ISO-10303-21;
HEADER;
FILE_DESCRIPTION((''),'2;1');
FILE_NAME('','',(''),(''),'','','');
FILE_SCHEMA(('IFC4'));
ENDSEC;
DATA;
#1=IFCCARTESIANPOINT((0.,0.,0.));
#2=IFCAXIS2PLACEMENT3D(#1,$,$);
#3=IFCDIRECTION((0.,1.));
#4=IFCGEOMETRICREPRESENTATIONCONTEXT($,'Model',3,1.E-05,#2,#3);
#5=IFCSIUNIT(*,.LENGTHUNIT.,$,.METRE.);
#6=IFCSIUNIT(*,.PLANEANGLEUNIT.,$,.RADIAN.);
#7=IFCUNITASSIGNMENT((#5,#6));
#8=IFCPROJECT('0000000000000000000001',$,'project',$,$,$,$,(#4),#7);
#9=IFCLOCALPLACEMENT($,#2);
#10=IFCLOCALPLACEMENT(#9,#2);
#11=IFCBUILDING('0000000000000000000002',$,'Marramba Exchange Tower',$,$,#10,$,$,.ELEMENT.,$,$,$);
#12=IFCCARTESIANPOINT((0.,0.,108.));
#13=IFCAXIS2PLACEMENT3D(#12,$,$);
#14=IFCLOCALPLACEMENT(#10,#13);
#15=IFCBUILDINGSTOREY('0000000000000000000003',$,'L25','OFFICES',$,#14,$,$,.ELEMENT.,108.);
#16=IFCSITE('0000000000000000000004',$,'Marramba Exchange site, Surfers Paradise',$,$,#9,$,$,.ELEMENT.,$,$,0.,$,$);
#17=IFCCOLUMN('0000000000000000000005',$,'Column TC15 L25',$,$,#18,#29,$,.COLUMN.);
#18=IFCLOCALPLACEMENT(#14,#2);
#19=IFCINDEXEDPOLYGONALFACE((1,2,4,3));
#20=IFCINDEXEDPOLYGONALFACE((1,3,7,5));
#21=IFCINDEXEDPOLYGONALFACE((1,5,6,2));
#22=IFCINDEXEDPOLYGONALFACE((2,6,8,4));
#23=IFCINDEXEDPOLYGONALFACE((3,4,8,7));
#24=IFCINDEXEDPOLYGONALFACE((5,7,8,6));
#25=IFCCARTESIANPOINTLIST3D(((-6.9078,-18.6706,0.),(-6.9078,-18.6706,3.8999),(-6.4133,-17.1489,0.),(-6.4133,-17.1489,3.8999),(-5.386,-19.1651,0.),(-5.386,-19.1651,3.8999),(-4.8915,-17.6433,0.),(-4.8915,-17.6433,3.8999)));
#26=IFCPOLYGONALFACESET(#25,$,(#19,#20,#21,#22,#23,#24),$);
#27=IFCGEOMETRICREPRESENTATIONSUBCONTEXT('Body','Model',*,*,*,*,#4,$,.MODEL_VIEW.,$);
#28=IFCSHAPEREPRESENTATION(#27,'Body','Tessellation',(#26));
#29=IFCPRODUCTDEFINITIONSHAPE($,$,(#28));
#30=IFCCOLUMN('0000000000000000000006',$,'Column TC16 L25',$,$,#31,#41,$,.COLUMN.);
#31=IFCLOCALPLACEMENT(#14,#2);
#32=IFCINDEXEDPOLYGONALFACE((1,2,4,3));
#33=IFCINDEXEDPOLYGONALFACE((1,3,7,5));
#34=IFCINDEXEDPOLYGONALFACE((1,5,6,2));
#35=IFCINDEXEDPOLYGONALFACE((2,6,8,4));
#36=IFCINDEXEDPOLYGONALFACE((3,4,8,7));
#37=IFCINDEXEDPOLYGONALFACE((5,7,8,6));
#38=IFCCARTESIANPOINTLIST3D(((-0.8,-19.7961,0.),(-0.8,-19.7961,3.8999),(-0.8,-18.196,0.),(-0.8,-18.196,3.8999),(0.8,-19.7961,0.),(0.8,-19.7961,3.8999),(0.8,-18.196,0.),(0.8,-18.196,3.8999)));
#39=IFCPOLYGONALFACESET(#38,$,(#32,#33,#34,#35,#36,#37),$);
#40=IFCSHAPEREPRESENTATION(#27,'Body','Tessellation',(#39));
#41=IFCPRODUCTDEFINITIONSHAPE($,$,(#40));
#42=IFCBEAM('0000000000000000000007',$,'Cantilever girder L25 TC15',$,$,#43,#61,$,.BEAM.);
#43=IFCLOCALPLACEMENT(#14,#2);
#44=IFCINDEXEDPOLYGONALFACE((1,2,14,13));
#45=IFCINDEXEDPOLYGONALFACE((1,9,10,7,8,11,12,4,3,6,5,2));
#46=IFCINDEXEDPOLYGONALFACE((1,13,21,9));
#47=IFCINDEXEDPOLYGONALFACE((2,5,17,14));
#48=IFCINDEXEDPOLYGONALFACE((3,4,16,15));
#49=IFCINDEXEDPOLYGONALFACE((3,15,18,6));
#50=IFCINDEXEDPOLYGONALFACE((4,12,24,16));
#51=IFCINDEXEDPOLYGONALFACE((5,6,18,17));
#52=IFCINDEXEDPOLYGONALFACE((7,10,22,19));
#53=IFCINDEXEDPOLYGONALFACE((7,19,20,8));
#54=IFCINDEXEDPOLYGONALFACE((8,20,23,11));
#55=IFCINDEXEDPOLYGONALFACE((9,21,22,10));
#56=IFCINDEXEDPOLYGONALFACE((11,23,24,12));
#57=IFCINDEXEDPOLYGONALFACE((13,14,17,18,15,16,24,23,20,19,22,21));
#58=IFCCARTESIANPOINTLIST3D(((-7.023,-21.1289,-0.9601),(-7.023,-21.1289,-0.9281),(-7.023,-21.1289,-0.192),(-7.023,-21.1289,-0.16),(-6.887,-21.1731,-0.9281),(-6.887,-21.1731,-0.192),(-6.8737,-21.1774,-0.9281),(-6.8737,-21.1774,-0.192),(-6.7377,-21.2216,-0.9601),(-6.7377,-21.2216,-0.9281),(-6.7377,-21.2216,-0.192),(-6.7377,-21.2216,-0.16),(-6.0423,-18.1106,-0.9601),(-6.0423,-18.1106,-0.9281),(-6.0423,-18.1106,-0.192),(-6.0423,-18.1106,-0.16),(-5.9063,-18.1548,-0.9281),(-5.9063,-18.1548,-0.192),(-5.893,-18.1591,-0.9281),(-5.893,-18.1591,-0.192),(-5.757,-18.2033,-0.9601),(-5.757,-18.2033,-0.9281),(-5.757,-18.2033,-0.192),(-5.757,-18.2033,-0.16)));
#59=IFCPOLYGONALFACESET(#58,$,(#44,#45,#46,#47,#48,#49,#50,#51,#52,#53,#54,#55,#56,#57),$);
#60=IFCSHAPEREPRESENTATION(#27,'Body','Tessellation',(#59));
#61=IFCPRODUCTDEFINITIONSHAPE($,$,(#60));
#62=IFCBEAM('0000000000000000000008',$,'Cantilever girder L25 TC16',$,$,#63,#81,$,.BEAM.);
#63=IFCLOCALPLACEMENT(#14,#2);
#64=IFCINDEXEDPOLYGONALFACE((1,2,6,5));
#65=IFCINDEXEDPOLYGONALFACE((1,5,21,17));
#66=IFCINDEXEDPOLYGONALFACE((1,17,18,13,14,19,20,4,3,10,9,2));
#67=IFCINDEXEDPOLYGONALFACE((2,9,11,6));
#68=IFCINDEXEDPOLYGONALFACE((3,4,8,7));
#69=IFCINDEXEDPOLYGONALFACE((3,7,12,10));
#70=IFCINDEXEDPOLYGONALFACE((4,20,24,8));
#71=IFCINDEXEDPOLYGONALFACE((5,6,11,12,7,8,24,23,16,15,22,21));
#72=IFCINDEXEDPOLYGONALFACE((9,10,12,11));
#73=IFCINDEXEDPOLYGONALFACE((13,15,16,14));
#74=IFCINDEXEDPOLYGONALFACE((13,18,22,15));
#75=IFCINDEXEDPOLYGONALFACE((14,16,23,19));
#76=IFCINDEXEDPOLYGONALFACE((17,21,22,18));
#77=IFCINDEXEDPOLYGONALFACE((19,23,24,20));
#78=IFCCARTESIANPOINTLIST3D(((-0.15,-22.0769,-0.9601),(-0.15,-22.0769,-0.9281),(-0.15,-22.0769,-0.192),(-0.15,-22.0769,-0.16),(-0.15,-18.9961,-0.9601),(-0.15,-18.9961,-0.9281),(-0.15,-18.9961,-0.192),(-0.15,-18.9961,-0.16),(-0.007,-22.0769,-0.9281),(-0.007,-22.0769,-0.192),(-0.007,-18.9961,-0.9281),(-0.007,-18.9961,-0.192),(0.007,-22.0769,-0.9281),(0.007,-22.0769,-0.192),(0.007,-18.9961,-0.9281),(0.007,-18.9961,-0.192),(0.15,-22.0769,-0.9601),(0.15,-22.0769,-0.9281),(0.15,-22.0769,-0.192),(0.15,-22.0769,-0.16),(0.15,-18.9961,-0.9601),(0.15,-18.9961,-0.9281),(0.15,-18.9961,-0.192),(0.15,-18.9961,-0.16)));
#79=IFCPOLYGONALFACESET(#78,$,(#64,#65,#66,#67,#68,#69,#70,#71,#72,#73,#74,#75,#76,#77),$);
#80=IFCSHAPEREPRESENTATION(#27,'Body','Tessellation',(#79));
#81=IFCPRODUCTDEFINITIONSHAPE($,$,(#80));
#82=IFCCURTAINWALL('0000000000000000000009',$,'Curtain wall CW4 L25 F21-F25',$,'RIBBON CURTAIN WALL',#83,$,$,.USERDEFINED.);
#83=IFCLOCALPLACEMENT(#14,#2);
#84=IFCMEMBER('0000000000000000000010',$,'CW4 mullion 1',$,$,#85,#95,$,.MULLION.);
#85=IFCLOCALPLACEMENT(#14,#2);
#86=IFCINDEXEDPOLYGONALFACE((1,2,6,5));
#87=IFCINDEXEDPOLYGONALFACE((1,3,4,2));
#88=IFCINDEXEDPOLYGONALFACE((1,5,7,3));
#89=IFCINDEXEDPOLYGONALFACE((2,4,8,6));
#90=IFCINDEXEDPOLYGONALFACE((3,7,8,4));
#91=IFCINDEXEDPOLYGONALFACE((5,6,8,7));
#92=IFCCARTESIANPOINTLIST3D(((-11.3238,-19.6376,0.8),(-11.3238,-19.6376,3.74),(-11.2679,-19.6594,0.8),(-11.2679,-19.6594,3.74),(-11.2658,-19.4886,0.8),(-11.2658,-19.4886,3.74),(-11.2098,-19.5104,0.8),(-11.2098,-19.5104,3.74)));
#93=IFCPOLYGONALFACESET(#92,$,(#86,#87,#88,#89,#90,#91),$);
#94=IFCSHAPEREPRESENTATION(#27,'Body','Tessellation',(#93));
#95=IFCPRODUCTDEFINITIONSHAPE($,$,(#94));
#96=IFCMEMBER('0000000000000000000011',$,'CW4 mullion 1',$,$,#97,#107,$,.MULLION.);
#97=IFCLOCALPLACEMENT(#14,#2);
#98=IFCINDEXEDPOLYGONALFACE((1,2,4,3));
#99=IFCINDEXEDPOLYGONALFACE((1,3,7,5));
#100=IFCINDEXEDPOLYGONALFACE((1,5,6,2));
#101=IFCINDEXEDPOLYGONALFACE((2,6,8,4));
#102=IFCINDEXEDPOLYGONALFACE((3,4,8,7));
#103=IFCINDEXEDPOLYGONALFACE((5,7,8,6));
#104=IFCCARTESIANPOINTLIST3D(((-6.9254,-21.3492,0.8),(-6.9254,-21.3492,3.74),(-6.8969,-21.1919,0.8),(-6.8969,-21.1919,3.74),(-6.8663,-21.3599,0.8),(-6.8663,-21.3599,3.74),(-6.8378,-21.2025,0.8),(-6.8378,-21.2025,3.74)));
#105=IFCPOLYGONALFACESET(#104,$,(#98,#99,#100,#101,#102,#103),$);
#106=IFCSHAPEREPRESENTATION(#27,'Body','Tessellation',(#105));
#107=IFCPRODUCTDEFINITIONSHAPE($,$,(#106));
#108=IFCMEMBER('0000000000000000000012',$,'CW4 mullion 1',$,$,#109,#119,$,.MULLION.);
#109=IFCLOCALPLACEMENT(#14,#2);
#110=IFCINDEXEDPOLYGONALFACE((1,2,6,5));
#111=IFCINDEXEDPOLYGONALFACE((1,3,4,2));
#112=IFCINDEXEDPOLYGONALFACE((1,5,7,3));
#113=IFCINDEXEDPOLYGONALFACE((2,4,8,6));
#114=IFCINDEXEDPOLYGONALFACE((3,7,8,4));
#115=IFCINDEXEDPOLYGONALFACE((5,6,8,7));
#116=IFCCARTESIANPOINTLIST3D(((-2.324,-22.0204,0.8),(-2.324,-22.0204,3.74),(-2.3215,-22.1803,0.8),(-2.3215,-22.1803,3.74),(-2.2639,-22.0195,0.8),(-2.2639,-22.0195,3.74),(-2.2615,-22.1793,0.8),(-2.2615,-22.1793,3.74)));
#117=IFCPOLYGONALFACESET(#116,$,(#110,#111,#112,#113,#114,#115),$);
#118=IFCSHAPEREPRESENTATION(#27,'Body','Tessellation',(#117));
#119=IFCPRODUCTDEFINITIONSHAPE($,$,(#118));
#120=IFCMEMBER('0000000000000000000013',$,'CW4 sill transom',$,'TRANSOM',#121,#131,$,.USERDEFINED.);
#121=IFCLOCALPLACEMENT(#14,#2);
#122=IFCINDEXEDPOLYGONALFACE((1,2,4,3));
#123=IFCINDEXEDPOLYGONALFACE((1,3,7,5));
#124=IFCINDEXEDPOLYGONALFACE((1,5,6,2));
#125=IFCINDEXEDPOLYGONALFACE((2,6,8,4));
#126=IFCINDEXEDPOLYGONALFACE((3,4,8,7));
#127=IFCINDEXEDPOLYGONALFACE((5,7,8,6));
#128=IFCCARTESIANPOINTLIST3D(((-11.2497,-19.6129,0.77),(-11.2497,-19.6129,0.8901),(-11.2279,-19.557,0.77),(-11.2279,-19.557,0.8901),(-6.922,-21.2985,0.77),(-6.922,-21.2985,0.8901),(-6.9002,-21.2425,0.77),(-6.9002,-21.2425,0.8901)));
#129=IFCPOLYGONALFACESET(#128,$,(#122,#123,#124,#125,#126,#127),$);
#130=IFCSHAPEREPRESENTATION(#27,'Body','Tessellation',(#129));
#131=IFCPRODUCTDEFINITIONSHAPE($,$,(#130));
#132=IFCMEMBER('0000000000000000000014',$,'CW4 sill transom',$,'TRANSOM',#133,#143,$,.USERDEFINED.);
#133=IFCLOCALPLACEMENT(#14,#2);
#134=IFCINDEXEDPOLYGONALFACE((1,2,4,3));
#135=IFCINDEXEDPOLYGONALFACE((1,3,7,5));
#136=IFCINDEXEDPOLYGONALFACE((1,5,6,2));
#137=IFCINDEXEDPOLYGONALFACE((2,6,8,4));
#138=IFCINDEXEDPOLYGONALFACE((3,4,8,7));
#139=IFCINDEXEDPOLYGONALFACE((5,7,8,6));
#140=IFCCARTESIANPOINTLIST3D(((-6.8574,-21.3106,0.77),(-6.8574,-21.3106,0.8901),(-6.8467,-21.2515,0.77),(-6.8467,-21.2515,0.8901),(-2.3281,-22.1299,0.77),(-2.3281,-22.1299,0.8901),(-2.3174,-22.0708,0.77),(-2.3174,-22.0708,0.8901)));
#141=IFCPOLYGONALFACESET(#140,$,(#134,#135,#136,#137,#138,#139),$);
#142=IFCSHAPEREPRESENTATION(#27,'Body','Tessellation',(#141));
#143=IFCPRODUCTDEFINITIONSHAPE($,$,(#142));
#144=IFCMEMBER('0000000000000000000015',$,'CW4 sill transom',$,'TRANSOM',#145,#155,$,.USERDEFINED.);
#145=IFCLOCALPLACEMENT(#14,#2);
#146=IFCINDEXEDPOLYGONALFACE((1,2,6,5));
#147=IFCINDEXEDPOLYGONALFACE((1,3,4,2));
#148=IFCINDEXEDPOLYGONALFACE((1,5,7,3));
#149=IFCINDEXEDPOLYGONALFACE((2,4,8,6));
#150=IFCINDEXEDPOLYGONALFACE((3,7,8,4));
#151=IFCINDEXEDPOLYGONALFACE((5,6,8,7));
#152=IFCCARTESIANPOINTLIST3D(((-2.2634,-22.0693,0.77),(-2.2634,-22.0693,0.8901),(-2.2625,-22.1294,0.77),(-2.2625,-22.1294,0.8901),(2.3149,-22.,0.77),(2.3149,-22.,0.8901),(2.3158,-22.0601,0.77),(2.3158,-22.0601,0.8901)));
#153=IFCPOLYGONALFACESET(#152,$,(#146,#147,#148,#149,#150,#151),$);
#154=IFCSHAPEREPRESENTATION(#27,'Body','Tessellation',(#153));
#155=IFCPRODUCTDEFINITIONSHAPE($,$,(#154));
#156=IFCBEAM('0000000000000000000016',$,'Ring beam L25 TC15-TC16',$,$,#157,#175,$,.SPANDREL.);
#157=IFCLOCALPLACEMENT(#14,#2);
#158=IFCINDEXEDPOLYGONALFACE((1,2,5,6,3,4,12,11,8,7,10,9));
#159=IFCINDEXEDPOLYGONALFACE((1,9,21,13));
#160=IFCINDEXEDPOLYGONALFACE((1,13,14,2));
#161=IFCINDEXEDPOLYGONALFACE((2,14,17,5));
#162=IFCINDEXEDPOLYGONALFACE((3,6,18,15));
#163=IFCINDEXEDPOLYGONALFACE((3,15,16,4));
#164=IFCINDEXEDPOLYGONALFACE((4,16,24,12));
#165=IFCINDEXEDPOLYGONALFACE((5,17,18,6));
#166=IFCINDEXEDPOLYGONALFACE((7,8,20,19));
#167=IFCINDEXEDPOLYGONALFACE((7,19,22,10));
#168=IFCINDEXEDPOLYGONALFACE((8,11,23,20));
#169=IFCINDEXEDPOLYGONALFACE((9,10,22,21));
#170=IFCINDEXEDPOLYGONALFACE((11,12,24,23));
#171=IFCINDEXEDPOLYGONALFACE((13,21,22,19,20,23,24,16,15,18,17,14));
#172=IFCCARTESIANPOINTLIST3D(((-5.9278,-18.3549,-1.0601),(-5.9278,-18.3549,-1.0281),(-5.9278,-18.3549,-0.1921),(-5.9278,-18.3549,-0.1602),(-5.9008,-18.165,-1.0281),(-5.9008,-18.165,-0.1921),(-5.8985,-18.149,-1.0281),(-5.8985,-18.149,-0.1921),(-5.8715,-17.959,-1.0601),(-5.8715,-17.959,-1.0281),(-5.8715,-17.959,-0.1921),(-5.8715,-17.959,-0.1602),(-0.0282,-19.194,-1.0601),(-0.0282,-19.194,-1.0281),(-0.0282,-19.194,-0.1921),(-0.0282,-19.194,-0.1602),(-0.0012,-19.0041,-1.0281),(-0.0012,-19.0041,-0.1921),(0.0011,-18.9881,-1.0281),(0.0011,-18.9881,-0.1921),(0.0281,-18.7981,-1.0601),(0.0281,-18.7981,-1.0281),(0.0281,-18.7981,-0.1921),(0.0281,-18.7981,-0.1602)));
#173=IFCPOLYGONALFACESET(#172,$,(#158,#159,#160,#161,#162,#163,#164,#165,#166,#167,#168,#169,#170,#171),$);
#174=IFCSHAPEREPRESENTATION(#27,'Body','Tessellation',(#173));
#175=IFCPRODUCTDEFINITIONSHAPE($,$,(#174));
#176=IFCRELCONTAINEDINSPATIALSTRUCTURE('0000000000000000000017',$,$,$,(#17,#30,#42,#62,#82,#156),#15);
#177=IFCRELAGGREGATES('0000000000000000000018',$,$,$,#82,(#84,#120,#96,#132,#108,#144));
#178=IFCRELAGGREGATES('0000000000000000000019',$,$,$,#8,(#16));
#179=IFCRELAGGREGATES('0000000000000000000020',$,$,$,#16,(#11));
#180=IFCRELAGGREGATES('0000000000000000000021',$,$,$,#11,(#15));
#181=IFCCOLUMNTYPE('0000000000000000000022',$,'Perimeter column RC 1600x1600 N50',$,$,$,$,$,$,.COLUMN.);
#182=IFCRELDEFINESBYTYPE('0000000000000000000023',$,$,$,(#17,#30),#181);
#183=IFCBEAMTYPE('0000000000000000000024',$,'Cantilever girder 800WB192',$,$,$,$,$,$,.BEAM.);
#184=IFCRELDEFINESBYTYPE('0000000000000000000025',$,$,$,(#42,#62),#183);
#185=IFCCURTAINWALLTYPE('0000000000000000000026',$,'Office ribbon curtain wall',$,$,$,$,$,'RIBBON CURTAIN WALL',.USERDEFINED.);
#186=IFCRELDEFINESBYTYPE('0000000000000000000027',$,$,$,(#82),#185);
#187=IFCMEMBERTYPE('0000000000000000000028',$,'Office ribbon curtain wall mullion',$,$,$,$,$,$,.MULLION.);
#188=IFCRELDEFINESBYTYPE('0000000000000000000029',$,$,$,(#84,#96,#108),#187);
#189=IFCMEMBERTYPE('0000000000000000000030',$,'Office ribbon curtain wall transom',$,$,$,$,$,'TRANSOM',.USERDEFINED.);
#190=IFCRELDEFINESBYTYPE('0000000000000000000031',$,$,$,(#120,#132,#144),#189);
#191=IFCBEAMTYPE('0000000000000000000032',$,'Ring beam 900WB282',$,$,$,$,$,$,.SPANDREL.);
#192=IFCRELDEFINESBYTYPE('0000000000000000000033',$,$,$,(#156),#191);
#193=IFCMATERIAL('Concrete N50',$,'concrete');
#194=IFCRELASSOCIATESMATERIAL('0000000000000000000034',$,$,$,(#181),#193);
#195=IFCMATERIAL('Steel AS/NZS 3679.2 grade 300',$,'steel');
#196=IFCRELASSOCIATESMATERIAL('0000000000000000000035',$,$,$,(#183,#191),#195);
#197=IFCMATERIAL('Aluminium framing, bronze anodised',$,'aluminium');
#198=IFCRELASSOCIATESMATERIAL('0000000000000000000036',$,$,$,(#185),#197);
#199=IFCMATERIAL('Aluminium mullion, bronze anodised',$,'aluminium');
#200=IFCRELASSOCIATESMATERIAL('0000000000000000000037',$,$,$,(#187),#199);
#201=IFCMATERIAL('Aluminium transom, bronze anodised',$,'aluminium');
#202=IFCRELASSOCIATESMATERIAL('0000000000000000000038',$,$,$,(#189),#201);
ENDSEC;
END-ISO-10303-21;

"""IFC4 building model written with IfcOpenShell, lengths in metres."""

from ifc_helpers import new_model, si_unit, direction, frame, origin, origin_2d, place, context, subcontext, project, spatial, rectangle, i_section, extrude, material, material_profile, profile_set, type_object, element, aggregate, save


model = new_model("IFC4")

# Units and contexts
model_context = context("Model", 3, precision=1e-05, world=origin(), true_north=direction((0.0, 1.0)))
body_context = subcontext(model_context, "Body", "Model", "MODEL_VIEW")
ifc_project = project(units=[si_unit("LENGTHUNIT", "METRE"), si_unit("PLANEANGLEUNIT", "RADIAN")], contexts=[model_context])

# Site, building, storey
site_placement = place(None, origin())
site = spatial("IfcSite", under=ifc_project, at=site_placement, Name="Marramba Exchange site, Surfers Paradise", CompositionType="ELEMENT", RefElevation=0.0)
building_placement = place(site_placement, origin())
building = spatial("IfcBuilding", under=site, at=building_placement, Name="Marramba Exchange Tower", CompositionType="ELEMENT")
storey_placement = place(building_placement, frame((0.0, 0.0, 108.0)))
storey = spatial("IfcBuildingStorey", under=building, at=storey_placement, Name="L25", Description="OFFICES", CompositionType="ELEMENT", Elevation=108.0)

# Columns
ifc_material_1 = material(Name="Concrete N50", Category="concrete")
ifc_material_profile_1 = material_profile(ifc_material_1, rectangle(XDim=1.6001, YDim=1.6001, at=origin_2d()), Name="RC 1600x1600")
ifc_profile_set_1 = profile_set([ifc_material_profile_1], Name="Concrete N50")
column_type = type_object("IfcColumnType", Name="Perimeter column RC 1600x1600 N50", PredefinedType="COLUMN", material=ifc_profile_set_1)
for number, where, z_axis, x_axis, name in (
    (1, (-5.8997, -18.157, 0.0), (0.0, 0.0, 1.0), (-0.309017, -0.951057, 0.0), "Column TC15 L25"),
    (2, (0.0, -18.9961, 0.0), (0.0, 0.0, 1.0), (0.0, -1.0, 0.0), "Column TC16 L25"),
):
    element("IfcColumn", number, at=place(storey_placement, frame(where, z_axis=z_axis, x_axis=x_axis)), inside=storey, type_object=column_type, Name=name, PredefinedType="COLUMN", context=body_context, shape_type="SweptSolid", body=[
        extrude(rectangle(XDim=1.6001, YDim=1.6001, at=origin_2d()), origin(), (0.0, 0.0, 1.0), 3.8999),
    ])

# Beams
ifc_material_2 = material(Name="Steel AS/NZS 3679.2 grade 300", Category="steel")
ifc_material_profile_2 = material_profile(ifc_material_2, i_section(OverallWidth=0.3, OverallDepth=0.8, WebThickness=0.0139, FlangeThickness=0.032, at=origin_2d()), Name="800WB192")
ifc_profile_set_2 = profile_set([ifc_material_profile_2], Name="Steel AS/NZS 3679.2 grade 300")
beam_type_1 = type_object("IfcBeamType", Name="Cantilever girder 800WB192", PredefinedType="BEAM", material=ifc_profile_set_2)
beam_1_placement = place(storey_placement, frame((-5.8997, -18.157, -0.5601), z_axis=(-0.309018, -0.951056, 0.0), x_axis=(0.951056, -0.309018, 0.0)))
element("IfcBeam", 3, at=beam_1_placement, inside=storey, type_object=beam_type_1, Name="Cantilever girder L25 TC15", PredefinedType="BEAM", context=body_context, shape_type="SweptSolid", body=[
    extrude(i_section(OverallWidth=0.3, OverallDepth=0.8, WebThickness=0.0139, FlangeThickness=0.032, at=origin_2d()), origin(), (0.0, 0.0, 1.0), 3.1736),
])
beam_2_placement = place(storey_placement, frame((0.0, -18.9961, -0.5601), z_axis=(0.0, -1.0, 0.0), x_axis=(1.0, 0.0, 0.0)))
element("IfcBeam", 4, at=beam_2_placement, inside=storey, type_object=beam_type_1, Name="Cantilever girder L25 TC16", PredefinedType="BEAM", context=body_context, shape_type="SweptSolid", body=[
    extrude(i_section(OverallWidth=0.3, OverallDepth=0.8, WebThickness=0.0139, FlangeThickness=0.032, at=origin_2d()), origin(), (0.0, 0.0, 1.0), 3.0808),
])

# Curtain wall, members
ifc_material_3 = material(Name="Aluminium framing, bronze anodised", Category="aluminium")
curtain_wall_type = type_object("IfcCurtainWallType", Name="Office ribbon curtain wall", ElementType="RIBBON CURTAIN WALL", PredefinedType="USERDEFINED", material=ifc_material_3)
curtain_wall_placement = place(storey_placement, origin())
curtain_wall = element("IfcCurtainWall", 5, at=curtain_wall_placement, inside=storey, type_object=curtain_wall_type, Name="Curtain wall CW4 L25 F21-F25", ObjectType="RIBBON CURTAIN WALL", PredefinedType="USERDEFINED")
ifc_material_4 = material(Name="Aluminium mullion, bronze anodised", Category="aluminium")
ifc_material_profile_3 = material_profile(ifc_material_4, rectangle(XDim=0.1599, YDim=0.0601, at=origin_2d()), Name="CW4 mullion 60x160")
ifc_profile_set_3 = profile_set([ifc_material_profile_3], Name="Aluminium mullion, bronze anodised")
member_type_1 = type_object("IfcMemberType", Name="Office ribbon curtain wall mullion", PredefinedType="MULLION", material=ifc_profile_set_3)
member_1_placement = place(storey_placement, frame((-11.2668, -19.574, 0.8), z_axis=(0.0, 0.0, 1.0), x_axis=(0.362925, 0.931818, 0.0)))
member_1 = element("IfcMember", 6, at=member_1_placement, type_object=member_type_1, Name="CW4 mullion 1", PredefinedType="MULLION", context=body_context, shape_type="SweptSolid", body=[
    extrude(rectangle(XDim=0.1599, YDim=0.0601, at=origin_2d()), origin(), (0.0, 0.0, 1.0), 2.9399),
])
member_2_placement = place(storey_placement, frame((-6.8816, -21.2759, 0.8), z_axis=(0.0, 0.0, 1.0), x_axis=(0.177992, 0.984032, 0.0)))
member_2 = element("IfcMember", 7, at=member_2_placement, type_object=member_type_1, Name="CW4 mullion 1", PredefinedType="MULLION", context=body_context, shape_type="SweptSolid", body=[
    extrude(rectangle(XDim=0.1599, YDim=0.0601, at=origin_2d()), origin(), (0.0, 0.0, 1.0), 2.9399),
])
member_3_placement = place(storey_placement, frame((-2.2927, -22.0999, 0.8), z_axis=(0.0, 0.0, 1.0), x_axis=(-0.015179, 0.999885, 0.0)))
member_3 = element("IfcMember", 8, at=member_3_placement, type_object=member_type_1, Name="CW4 mullion 1", PredefinedType="MULLION", context=body_context, shape_type="SweptSolid", body=[
    extrude(rectangle(XDim=0.1599, YDim=0.0601, at=origin_2d()), origin(), (0.0, 0.0, 1.0), 2.9399),
])
ifc_material_5 = material(Name="Aluminium transom, bronze anodised", Category="aluminium")
ifc_material_profile_4 = material_profile(ifc_material_5, rectangle(XDim=0.0601, YDim=0.1201, at=origin_2d()), Name="CW4 transom 60x120")
ifc_profile_set_4 = profile_set([ifc_material_profile_4], Name="Aluminium transom, bronze anodised")
member_type_2 = type_object("IfcMemberType", Name="Office ribbon curtain wall transom", ElementType="TRANSOM", PredefinedType="USERDEFINED", material=ifc_profile_set_4)
member_4_placement = place(storey_placement, frame((-11.2388, -19.585, 0.8301), z_axis=(0.931817, -0.362928, 0.0), x_axis=(0.362928, 0.931817, 0.0)))
member_4 = element("IfcMember", 9, at=member_4_placement, type_object=member_type_2, Name="CW4 sill transom", ObjectType="TRANSOM", PredefinedType="USERDEFINED", context=body_context, shape_type="SweptSolid", body=[
    extrude(rectangle(XDim=0.0601, YDim=0.1201, at=origin_2d()), origin(), (0.0, 0.0, 1.0), 4.6443),
])
member_5_placement = place(storey_placement, frame((-6.8521, -21.281, 0.8301), z_axis=(0.984029, -0.178008, 0.0), x_axis=(0.178008, 0.984029, 0.0)))
member_5 = element("IfcMember", 10, at=member_5_placement, type_object=member_type_2, Name="CW4 sill transom", ObjectType="TRANSOM", PredefinedType="USERDEFINED", context=body_context, shape_type="SweptSolid", body=[
    extrude(rectangle(XDim=0.0601, YDim=0.1201, at=origin_2d()), origin(), (0.0, 0.0, 1.0), 4.6028),
])
member_6_placement = place(storey_placement, frame((-2.2629, -22.0994, 0.8301), z_axis=(0.999885, 0.015143, 0.0), x_axis=(-0.015143, 0.999885, 0.0)))
member_6 = element("IfcMember", 11, at=member_6_placement, type_object=member_type_2, Name="CW4 sill transom", ObjectType="TRANSOM", PredefinedType="USERDEFINED", context=body_context, shape_type="SweptSolid", body=[
    extrude(rectangle(XDim=0.0601, YDim=0.1201, at=origin_2d()), origin(), (0.0, 0.0, 1.0), 4.5789),
])

# Beam
ifc_material_profile_5 = material_profile(ifc_material_2, i_section(OverallWidth=0.3999, OverallDepth=0.8999, WebThickness=0.0161, FlangeThickness=0.032, at=origin_2d()), Name="900WB282")
ifc_profile_set_5 = profile_set([ifc_material_profile_5], Name="Steel AS/NZS 3679.2 grade 300")
beam_type_2 = type_object("IfcBeamType", Name="Ring beam 900WB282", PredefinedType="SPANDREL", material=ifc_profile_set_5)
for number, where, z_axis, x_axis, name in (
    (12, (-5.8997, -18.157, -0.6101), (0.990036, -0.140813, 0.0), (0.140813, 0.990036, 0.0), "Ring beam L25 TC15-TC16"),
):
    element("IfcBeam", number, at=place(storey_placement, frame(where, z_axis=z_axis, x_axis=x_axis)), inside=storey, type_object=beam_type_2, Name=name, PredefinedType="SPANDREL", context=body_context, shape_type="SweptSolid", body=[
        extrude(i_section(OverallWidth=0.3999, OverallDepth=0.8999, WebThickness=0.0161, FlangeThickness=0.032, at=origin_2d()), origin(), (0.0, 0.0, 1.0), 5.959),
    ])

aggregate(curtain_wall, [member_1, member_4, member_2, member_5, member_3, member_6])

save(model, "model.ifc")
